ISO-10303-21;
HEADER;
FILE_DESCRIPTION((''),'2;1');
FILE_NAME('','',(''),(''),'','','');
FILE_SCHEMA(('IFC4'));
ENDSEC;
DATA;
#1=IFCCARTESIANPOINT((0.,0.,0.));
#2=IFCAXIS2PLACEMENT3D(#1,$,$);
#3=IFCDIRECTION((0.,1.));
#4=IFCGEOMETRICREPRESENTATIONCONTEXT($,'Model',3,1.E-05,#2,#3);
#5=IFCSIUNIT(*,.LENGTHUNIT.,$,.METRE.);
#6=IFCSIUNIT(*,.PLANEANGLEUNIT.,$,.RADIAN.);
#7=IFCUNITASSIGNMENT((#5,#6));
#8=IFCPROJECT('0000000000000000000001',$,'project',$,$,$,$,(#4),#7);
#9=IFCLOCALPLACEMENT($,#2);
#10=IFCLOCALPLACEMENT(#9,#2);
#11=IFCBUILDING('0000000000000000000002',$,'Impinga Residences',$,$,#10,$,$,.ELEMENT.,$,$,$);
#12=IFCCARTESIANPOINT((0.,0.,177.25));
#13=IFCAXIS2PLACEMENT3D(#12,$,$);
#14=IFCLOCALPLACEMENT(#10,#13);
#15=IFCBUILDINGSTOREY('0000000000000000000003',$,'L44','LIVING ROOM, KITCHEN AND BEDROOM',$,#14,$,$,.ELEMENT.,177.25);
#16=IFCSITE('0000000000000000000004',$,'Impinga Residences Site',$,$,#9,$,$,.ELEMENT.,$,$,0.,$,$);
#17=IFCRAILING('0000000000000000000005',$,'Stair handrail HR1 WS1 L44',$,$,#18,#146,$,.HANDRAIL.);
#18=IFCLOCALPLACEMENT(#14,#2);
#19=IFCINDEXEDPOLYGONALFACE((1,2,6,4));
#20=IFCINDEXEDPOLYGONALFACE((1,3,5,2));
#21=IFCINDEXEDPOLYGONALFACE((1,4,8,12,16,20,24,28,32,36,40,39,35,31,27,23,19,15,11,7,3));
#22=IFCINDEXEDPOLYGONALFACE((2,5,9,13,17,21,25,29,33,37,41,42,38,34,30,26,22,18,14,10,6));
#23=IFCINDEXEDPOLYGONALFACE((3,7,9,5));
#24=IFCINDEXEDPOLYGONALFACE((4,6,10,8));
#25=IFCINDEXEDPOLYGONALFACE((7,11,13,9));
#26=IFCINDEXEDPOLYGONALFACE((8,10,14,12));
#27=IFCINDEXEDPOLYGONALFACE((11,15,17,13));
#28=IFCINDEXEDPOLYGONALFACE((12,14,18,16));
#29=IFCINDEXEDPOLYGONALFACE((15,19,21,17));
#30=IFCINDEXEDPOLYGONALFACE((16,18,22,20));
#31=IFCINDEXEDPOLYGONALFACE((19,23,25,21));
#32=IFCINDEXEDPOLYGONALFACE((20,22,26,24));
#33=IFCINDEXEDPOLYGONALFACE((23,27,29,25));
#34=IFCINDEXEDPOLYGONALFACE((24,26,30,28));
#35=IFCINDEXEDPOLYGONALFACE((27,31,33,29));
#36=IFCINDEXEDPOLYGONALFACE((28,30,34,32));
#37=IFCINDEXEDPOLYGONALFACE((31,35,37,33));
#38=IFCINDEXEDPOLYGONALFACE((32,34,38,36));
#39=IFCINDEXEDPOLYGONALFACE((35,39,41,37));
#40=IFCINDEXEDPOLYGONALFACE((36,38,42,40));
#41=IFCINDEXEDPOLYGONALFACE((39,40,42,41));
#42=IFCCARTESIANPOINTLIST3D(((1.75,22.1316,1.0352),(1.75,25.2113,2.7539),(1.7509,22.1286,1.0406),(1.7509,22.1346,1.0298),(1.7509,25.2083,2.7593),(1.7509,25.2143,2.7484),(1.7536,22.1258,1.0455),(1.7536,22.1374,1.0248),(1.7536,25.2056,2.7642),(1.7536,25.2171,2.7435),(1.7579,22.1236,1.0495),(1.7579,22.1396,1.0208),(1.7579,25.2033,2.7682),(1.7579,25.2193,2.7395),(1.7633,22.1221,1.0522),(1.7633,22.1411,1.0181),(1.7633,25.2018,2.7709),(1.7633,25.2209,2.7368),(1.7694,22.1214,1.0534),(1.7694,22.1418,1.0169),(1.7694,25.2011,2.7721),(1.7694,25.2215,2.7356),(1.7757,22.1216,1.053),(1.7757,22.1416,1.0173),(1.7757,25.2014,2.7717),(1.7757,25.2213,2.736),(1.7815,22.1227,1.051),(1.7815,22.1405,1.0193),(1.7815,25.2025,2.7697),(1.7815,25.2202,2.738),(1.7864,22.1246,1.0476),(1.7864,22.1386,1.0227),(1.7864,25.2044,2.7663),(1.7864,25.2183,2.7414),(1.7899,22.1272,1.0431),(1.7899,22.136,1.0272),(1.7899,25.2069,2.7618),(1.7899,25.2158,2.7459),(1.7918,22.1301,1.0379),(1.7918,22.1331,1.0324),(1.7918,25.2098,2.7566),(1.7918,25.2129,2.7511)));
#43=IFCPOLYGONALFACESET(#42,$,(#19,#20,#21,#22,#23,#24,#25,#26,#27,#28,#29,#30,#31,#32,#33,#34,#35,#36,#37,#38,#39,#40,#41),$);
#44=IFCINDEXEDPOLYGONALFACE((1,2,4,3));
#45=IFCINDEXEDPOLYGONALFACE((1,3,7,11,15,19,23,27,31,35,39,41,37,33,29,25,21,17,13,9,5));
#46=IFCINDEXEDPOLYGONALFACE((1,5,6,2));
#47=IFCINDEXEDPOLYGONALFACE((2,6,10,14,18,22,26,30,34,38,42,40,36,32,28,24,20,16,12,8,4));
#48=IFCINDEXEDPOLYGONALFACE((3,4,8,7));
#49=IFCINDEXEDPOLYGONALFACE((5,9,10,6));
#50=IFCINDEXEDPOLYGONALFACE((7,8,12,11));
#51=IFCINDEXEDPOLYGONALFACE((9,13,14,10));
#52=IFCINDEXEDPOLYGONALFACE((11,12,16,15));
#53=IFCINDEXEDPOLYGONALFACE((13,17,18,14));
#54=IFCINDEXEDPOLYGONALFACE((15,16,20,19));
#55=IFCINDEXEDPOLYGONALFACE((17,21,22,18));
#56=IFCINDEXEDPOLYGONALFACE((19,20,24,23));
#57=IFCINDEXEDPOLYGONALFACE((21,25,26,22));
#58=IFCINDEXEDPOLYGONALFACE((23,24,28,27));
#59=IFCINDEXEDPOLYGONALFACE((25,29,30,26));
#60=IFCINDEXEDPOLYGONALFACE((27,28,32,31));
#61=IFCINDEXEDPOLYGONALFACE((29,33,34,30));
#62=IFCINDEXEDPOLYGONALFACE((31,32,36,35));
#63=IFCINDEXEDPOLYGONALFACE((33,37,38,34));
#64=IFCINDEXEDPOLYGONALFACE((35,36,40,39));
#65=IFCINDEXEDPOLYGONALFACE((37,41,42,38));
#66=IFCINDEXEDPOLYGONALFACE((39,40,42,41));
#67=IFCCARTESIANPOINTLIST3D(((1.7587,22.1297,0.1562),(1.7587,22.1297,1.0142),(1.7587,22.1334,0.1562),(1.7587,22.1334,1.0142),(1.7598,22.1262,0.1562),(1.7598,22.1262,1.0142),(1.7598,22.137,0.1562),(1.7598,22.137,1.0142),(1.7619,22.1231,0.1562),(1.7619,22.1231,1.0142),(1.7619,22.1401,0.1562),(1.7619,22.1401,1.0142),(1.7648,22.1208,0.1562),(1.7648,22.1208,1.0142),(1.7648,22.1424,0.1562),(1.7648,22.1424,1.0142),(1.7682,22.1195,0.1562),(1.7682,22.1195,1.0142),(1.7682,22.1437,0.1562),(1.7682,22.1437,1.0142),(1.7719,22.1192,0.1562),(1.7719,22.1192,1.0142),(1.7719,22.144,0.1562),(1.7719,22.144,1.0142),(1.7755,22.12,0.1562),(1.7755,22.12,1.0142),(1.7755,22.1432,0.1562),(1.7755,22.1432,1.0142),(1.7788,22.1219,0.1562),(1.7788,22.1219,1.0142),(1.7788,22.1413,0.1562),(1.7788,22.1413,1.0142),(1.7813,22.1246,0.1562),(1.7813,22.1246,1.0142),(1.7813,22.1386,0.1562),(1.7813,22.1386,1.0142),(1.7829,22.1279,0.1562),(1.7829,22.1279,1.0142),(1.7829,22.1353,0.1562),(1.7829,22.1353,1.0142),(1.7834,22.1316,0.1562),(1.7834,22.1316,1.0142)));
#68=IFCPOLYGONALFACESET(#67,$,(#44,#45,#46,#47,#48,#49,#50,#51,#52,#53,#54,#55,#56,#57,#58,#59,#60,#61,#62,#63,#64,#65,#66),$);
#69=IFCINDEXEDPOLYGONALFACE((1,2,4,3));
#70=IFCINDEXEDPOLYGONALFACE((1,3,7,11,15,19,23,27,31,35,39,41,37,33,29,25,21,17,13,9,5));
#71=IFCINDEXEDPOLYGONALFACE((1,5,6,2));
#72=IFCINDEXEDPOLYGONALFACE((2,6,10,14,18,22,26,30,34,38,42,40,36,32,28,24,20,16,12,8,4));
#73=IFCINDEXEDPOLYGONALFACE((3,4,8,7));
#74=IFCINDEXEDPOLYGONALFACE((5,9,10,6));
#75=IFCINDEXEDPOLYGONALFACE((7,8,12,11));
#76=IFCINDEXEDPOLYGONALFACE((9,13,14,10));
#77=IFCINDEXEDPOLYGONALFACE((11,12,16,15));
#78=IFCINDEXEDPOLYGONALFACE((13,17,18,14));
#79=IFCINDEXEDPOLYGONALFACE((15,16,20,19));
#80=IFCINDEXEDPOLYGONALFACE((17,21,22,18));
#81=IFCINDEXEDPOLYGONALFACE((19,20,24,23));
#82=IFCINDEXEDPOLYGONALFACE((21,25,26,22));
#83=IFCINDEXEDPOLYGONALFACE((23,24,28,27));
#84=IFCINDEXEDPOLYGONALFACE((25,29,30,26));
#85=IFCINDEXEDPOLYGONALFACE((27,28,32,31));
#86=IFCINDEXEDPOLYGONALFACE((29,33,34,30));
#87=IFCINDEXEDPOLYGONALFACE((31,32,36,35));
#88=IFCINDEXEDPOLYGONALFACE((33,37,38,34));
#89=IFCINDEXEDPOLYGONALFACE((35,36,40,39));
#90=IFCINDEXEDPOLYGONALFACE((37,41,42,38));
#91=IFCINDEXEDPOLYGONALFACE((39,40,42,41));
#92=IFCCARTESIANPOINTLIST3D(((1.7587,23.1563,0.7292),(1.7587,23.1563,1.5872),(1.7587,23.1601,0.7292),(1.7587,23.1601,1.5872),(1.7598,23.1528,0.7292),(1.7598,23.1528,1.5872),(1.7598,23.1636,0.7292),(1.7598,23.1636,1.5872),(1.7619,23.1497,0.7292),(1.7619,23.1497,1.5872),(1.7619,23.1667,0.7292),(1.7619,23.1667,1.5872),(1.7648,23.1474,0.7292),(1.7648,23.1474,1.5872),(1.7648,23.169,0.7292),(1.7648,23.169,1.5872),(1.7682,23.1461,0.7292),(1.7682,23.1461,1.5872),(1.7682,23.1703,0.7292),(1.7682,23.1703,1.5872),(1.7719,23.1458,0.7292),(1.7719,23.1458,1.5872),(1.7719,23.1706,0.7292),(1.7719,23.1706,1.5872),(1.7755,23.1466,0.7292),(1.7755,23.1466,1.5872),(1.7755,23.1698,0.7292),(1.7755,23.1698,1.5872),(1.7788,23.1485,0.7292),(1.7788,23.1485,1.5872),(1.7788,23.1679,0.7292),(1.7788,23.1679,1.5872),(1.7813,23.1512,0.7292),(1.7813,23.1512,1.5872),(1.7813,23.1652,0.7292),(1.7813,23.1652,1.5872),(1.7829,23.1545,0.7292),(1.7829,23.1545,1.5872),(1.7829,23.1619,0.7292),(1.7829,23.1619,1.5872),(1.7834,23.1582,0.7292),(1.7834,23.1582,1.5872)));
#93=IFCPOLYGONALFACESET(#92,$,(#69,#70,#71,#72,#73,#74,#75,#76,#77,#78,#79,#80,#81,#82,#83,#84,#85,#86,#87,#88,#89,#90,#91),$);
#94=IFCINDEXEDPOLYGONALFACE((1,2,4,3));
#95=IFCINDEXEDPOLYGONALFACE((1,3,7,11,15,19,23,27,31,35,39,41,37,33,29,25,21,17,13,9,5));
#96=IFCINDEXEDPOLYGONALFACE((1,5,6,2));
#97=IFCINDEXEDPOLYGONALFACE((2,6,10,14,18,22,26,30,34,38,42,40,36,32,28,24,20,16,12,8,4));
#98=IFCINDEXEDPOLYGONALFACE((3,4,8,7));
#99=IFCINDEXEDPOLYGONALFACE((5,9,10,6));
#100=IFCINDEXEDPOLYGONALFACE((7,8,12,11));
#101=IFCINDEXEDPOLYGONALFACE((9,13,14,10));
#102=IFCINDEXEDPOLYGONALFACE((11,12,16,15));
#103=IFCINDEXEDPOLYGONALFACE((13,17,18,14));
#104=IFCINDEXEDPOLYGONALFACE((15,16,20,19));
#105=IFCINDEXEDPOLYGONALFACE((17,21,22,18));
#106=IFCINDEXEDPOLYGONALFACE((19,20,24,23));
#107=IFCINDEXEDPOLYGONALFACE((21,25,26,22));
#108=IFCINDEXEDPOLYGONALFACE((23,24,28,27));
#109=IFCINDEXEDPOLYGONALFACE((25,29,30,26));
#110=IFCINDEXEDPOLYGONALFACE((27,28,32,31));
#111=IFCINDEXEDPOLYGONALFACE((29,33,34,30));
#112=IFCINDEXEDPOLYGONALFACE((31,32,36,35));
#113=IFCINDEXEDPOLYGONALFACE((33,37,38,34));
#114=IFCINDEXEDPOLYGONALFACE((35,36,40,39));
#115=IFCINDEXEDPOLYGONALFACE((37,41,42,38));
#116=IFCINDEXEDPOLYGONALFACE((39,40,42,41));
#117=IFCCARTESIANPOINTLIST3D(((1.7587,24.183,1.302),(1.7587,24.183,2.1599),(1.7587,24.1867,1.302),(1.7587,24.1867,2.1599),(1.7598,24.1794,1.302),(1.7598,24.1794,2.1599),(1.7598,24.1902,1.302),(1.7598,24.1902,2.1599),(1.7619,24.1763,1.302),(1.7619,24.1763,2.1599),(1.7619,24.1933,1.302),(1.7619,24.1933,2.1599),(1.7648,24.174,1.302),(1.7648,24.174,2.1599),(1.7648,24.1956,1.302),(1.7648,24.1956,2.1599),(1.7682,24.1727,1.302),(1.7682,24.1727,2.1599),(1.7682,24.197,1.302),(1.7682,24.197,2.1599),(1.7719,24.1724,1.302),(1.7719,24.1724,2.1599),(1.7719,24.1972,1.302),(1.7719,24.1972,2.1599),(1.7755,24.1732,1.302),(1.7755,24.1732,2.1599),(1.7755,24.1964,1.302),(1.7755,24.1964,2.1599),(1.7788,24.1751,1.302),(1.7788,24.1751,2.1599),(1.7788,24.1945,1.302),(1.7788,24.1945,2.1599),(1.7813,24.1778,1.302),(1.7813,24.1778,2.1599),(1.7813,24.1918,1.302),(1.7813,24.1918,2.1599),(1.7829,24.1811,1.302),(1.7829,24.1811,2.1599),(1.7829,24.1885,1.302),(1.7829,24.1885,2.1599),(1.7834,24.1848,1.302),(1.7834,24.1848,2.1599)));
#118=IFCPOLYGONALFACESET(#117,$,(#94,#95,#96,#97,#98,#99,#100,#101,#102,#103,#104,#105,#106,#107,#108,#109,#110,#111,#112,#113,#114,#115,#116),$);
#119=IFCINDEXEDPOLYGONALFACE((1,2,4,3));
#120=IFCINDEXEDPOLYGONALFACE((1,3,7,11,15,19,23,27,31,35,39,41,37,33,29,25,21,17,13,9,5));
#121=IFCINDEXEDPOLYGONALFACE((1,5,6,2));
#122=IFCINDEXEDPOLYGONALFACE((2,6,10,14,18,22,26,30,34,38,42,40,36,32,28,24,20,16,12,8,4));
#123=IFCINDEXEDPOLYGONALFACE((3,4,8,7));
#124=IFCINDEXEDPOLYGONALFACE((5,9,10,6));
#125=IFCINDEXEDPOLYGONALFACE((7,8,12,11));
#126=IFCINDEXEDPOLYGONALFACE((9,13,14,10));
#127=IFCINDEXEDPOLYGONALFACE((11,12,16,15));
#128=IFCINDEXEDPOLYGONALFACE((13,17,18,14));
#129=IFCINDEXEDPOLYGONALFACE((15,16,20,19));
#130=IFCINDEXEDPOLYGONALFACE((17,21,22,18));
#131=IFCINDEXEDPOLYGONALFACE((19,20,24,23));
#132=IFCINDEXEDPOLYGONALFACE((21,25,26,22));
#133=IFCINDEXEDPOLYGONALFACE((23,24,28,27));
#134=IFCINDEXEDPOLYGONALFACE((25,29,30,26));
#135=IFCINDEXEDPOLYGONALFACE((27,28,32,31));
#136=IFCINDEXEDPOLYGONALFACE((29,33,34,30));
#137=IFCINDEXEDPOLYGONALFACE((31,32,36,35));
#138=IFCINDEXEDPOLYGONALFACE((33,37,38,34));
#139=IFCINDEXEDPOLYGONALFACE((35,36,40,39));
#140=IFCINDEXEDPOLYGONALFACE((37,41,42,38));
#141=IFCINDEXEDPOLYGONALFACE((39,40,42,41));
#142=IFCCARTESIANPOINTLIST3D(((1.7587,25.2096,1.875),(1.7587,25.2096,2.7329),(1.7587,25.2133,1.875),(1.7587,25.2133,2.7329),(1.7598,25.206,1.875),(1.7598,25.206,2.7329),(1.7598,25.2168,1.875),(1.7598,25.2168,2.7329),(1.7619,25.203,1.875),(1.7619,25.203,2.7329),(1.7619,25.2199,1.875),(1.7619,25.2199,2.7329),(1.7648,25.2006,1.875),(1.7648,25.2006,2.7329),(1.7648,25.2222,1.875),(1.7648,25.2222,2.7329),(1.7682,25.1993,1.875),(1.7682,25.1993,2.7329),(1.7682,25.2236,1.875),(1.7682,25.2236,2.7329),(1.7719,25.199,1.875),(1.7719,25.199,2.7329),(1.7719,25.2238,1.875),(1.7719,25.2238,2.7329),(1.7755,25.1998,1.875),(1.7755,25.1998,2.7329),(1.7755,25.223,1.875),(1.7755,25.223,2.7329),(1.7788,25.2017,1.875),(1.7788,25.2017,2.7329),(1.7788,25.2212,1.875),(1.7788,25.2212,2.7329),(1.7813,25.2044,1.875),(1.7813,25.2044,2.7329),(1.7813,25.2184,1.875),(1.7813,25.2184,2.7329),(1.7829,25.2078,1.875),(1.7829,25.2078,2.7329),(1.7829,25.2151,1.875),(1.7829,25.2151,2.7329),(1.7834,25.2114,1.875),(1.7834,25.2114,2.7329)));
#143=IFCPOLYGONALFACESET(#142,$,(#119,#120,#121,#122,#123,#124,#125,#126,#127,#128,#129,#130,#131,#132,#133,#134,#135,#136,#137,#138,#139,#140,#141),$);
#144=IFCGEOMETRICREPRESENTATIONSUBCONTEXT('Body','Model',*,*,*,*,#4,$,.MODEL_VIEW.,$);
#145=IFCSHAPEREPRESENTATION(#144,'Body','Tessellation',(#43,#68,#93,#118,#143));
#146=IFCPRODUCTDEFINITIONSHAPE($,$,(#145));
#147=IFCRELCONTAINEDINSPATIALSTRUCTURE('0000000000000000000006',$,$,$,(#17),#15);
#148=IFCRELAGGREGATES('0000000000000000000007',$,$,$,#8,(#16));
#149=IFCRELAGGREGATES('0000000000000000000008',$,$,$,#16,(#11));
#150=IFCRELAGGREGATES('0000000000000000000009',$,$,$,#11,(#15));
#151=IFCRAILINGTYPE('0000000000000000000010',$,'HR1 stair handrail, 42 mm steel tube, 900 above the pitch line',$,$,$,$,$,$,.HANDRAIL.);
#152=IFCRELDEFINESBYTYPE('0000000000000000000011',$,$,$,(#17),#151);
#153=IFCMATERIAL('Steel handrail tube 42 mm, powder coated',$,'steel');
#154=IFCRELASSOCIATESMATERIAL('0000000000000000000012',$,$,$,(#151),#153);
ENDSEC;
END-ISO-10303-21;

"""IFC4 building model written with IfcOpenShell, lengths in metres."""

from ifc_helpers import new_model, si_unit, direction, frame, origin, origin_2d, place, context, subcontext, project, spatial, circle, extrude, material, type_object, element, save


model = new_model("IFC4")

# Units and contexts
model_context = context("Model", 3, precision=1e-05, world=origin(), true_north=direction((0.0, 1.0)))
body_context = subcontext(model_context, "Body", "Model", "MODEL_VIEW")
ifc_project = project(units=[si_unit("LENGTHUNIT", "METRE"), si_unit("PLANEANGLEUNIT", "RADIAN")], contexts=[model_context])

# Site, building, storey
site_placement = place(None, origin())
site = spatial("IfcSite", under=ifc_project, at=site_placement, Name="Impinga Residences Site", CompositionType="ELEMENT", RefElevation=0.0)
building_placement = place(site_placement, origin())
building = spatial("IfcBuilding", under=site, at=building_placement, Name="Impinga Residences", CompositionType="ELEMENT")
storey_placement = place(building_placement, frame((0.0, 0.0, 177.25)))
storey = spatial("IfcBuildingStorey", under=building, at=storey_placement, Name="L44", Description="LIVING ROOM, KITCHEN AND BEDROOM", CompositionType="ELEMENT", Elevation=177.25)

# Railing
ifc_material_1 = material(Name="Steel handrail tube 42 mm, powder coated", Category="steel")
railing_type_1 = type_object("IfcRailingType", Name="HR1 stair handrail, 42 mm steel tube, 900 above the pitch line", PredefinedType="HANDRAIL", material=ifc_material_1)
railing_1_placement = place(storey_placement, frame((1.771, 22.1316, 0.1562)))
element("IfcRailing", 1, at=railing_1_placement, inside=storey, type_object=railing_type_1, Name="Stair handrail HR1 WS1 L44", PredefinedType="HANDRAIL", context=body_context, shape_type="SweptSolid", body=[
    extrude(circle(Radius=0.021, at=origin_2d()), frame((0.0, 0.0, 0.8789), z_axis=(0.0, 0.873225, 0.487317), x_axis=(-1.0, 0.0, 0.0)), (0.0, 0.0, 1.0), 3.5269),
    extrude(circle(Radius=0.0125, at=origin_2d()), origin(), (0.0, 0.0, 1.0), 0.8579),
    extrude(circle(Radius=0.0125, at=origin_2d()), frame((0.0, 1.0266, 0.573)), (0.0, 0.0, 1.0), 0.8579),
    extrude(circle(Radius=0.0125, at=origin_2d()), frame((0.0, 2.0532, 1.1458)), (0.0, 0.0, 1.0), 0.8579),
    extrude(circle(Radius=0.0125, at=origin_2d()), frame((0.0, 3.0798, 1.7188)), (0.0, 0.0, 1.0), 0.8579),
])

save(model, "model.ifc")
